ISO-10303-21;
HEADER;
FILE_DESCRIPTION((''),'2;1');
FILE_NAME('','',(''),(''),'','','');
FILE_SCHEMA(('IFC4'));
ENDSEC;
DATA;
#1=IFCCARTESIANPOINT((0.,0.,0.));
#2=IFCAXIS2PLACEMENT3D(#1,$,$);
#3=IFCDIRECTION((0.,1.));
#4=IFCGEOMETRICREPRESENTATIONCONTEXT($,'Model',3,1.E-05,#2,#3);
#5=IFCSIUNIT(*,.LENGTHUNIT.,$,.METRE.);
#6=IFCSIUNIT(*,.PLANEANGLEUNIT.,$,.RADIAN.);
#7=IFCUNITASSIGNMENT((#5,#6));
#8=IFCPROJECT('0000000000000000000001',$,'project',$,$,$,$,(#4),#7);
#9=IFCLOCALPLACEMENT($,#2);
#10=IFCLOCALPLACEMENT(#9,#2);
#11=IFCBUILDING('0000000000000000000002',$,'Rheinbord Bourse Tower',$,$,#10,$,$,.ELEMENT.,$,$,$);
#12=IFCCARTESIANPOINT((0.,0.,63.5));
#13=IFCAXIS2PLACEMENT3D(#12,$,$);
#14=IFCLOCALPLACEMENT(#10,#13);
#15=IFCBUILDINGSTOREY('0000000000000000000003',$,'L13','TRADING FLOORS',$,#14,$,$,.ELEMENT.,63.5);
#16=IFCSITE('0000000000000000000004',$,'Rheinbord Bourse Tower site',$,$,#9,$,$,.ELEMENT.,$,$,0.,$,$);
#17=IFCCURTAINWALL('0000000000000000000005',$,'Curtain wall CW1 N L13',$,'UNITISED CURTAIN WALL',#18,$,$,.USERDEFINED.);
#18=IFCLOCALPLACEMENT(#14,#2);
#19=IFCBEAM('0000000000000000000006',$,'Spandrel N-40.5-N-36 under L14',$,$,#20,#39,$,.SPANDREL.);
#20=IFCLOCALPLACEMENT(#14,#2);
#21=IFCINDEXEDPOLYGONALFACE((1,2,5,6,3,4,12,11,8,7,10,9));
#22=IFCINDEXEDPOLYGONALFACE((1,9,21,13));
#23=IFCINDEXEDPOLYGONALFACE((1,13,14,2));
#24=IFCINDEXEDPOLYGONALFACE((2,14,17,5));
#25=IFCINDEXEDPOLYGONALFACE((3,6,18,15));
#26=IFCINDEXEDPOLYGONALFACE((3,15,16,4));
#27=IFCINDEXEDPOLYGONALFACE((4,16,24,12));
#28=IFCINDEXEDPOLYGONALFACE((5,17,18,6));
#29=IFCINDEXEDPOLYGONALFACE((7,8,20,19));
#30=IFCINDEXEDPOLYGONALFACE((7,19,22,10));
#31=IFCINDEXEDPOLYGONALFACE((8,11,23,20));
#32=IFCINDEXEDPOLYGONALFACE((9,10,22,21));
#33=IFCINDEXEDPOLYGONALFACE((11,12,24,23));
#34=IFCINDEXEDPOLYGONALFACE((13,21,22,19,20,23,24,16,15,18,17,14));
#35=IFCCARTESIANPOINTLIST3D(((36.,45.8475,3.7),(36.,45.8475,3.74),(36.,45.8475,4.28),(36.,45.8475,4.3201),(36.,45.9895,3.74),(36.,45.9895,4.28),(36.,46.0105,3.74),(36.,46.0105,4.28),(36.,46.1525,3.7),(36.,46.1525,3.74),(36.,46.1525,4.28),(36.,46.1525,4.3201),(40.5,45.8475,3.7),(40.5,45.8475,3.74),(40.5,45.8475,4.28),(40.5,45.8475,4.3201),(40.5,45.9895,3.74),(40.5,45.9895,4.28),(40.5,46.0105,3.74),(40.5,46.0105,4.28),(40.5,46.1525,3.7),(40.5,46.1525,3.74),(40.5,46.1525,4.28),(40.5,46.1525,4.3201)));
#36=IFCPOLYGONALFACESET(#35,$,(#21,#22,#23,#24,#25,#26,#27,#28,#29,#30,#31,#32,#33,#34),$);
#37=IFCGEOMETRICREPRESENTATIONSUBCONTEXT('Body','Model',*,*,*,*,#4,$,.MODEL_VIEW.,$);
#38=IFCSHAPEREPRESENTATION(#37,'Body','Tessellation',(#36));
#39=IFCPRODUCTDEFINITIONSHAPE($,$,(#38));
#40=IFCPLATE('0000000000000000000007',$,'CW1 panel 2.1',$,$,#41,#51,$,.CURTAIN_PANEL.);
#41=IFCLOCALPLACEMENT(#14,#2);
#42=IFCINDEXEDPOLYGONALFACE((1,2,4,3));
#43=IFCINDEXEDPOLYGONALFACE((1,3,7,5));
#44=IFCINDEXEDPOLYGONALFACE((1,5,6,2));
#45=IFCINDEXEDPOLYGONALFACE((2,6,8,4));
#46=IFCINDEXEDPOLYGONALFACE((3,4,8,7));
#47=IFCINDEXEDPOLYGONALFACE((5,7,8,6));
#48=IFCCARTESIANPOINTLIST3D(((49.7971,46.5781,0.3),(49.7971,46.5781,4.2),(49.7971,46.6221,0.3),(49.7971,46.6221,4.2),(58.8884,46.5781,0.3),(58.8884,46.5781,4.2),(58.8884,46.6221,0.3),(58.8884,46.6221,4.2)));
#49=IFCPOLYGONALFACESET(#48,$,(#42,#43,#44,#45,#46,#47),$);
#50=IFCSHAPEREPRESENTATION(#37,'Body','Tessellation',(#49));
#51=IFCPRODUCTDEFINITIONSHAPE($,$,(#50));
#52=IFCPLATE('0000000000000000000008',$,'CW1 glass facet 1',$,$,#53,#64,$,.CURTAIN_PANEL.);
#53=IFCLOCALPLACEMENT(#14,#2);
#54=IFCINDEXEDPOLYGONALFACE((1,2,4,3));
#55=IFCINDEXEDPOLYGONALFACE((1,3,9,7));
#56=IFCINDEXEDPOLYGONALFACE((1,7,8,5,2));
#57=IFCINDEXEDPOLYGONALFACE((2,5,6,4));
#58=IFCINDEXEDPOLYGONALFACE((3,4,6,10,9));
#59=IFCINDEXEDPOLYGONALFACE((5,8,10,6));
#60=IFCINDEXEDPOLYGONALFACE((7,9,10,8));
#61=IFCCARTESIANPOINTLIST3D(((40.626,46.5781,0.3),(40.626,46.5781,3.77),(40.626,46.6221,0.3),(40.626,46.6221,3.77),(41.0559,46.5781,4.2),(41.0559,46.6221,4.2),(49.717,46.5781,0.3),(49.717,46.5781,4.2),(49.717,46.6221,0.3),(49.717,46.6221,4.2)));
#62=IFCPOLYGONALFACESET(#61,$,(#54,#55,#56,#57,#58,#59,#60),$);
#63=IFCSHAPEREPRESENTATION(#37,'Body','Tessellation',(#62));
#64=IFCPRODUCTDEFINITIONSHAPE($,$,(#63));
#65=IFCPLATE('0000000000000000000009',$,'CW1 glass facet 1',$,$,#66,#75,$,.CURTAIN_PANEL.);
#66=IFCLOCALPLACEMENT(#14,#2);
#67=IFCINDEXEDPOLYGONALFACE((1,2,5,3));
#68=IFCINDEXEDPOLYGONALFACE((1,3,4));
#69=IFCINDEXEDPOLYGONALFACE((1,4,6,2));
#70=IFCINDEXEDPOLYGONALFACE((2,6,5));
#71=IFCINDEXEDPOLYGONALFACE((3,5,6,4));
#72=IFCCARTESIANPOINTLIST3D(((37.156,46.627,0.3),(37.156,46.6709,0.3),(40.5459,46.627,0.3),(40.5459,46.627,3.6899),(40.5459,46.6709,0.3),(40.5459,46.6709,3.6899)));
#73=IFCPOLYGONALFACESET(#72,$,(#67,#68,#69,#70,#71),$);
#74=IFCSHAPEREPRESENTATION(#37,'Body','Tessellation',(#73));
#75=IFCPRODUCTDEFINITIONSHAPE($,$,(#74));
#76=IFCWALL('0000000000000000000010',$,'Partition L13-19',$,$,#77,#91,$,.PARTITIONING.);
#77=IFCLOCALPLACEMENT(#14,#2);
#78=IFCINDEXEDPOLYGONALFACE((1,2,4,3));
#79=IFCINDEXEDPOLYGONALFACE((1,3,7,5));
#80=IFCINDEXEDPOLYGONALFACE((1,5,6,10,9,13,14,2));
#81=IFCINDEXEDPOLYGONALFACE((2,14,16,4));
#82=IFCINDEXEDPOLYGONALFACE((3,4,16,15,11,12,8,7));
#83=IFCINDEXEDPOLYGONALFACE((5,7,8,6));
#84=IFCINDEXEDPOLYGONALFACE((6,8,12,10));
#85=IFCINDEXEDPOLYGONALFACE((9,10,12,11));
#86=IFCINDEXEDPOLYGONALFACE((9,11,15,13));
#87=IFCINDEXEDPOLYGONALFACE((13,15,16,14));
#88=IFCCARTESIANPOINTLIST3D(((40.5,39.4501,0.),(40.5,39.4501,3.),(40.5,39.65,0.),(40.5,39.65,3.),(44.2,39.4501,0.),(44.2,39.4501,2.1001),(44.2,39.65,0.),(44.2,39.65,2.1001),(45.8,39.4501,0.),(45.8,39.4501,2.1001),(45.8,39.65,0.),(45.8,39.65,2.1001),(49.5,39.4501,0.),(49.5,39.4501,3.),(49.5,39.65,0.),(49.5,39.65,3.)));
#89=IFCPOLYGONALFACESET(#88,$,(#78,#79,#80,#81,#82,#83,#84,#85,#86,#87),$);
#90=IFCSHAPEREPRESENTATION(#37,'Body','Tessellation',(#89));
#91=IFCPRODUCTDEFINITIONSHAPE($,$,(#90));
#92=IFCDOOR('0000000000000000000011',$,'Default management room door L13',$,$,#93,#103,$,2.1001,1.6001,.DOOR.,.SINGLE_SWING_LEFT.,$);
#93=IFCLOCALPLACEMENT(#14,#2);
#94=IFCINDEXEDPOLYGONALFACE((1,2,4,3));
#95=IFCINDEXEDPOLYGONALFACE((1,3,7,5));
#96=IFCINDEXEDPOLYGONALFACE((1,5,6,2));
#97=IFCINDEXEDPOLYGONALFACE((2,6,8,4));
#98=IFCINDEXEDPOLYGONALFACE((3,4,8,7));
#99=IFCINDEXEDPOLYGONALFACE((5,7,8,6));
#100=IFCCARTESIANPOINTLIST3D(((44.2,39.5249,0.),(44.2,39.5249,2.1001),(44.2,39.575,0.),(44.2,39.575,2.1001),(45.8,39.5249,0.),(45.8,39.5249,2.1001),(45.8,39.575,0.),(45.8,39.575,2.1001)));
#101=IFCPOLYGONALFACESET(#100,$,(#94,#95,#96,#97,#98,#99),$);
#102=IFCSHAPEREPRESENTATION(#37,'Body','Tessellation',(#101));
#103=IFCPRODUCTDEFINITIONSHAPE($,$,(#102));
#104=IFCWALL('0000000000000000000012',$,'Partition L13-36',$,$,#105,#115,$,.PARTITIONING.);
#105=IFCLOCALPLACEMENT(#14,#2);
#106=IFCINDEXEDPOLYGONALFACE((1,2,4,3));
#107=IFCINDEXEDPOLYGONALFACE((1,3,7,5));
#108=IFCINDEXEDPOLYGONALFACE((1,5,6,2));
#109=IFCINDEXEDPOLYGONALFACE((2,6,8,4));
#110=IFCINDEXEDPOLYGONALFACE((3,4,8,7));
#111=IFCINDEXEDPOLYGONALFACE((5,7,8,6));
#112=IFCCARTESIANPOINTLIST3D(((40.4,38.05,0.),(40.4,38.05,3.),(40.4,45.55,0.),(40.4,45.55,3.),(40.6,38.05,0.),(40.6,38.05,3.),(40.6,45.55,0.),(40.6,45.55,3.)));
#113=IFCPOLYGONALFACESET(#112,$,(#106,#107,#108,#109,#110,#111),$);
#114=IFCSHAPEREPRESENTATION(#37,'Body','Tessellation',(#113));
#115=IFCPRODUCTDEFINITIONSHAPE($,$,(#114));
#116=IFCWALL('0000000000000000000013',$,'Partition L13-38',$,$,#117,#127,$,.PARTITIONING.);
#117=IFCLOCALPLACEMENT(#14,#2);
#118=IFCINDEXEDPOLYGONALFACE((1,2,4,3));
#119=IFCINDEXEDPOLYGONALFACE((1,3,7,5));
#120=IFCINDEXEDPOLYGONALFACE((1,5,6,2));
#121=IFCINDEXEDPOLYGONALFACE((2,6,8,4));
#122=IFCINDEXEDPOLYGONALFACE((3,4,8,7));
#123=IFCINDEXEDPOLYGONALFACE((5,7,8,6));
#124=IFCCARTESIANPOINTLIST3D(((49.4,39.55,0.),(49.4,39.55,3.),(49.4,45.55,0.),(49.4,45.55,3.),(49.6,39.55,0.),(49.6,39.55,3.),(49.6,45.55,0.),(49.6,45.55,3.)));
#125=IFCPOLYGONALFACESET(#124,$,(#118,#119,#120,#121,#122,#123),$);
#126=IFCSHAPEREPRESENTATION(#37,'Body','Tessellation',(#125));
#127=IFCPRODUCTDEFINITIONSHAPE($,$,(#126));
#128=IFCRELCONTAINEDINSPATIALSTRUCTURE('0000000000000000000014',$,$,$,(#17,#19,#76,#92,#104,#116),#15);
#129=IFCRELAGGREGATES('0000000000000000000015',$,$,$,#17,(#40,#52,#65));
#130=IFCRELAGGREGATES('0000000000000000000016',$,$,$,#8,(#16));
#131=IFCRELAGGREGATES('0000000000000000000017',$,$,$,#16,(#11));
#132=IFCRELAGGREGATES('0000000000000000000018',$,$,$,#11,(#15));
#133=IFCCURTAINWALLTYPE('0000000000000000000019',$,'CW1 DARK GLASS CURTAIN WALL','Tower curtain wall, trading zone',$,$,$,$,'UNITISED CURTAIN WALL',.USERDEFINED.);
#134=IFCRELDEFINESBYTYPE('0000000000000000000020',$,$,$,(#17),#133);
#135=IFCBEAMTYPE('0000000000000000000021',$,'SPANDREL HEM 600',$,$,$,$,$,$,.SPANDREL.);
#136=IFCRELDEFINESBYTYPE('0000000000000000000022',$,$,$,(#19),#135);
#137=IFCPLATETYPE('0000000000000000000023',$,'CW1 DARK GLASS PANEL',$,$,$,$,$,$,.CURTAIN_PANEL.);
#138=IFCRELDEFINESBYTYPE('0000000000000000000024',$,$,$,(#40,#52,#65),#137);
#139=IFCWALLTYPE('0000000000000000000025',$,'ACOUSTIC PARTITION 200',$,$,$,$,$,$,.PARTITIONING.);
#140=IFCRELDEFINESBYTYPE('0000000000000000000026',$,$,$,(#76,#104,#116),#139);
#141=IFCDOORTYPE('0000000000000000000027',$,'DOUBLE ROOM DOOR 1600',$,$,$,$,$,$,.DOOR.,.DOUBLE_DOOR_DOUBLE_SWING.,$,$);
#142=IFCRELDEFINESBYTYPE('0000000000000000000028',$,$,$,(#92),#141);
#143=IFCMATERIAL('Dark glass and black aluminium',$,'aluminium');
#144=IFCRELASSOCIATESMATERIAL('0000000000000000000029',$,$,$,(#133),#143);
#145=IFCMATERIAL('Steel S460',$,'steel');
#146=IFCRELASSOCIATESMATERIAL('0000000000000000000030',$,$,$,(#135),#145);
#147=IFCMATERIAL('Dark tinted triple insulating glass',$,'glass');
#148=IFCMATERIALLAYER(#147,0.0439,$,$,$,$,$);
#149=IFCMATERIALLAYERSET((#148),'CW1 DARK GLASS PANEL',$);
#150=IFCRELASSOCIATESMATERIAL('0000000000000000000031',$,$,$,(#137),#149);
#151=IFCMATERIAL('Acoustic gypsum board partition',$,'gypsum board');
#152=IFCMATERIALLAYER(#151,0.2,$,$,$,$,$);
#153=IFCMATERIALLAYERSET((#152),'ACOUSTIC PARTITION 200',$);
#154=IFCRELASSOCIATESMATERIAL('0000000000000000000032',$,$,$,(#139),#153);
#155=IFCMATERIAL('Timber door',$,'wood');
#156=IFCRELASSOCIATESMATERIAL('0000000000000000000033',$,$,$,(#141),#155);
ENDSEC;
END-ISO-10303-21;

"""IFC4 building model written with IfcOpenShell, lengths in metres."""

from ifc_helpers import new_model, si_unit, direction, frame, frame_2d, origin, origin_2d, place, context, subcontext, project, spatial, polyline, rectangle, i_section, outline, extrude, material, layer, layer_set, material_profile, profile_set, type_object, element, fill, aggregate, save


model = new_model("IFC4")

# Units and contexts
model_context = context("Model", 3, precision=1e-05, world=origin(), true_north=direction((0.0, 1.0)))
body_context = subcontext(model_context, "Body", "Model", "MODEL_VIEW")
ifc_project = project(units=[si_unit("LENGTHUNIT", "METRE"), si_unit("PLANEANGLEUNIT", "RADIAN")], contexts=[model_context])

# Site, building, storey
site_placement = place(None, origin())
site = spatial("IfcSite", under=ifc_project, at=site_placement, Name="Rheinbord Bourse Tower site", CompositionType="ELEMENT", RefElevation=0.0)
building_placement = place(site_placement, origin())
building = spatial("IfcBuilding", under=site, at=building_placement, Name="Rheinbord Bourse Tower", CompositionType="ELEMENT")
storey_placement = place(building_placement, frame((0.0, 0.0, 63.5)))
storey = spatial("IfcBuildingStorey", under=building, at=storey_placement, Name="L13", Description="TRADING FLOORS", CompositionType="ELEMENT", Elevation=63.5)

# Curtain wall
ifc_material_1 = material(Name="Dark glass and black aluminium", Category="aluminium")
curtain_wall_type = type_object("IfcCurtainWallType", Name="CW1 DARK GLASS CURTAIN WALL", Description="Tower curtain wall, trading zone", ElementType="UNITISED CURTAIN WALL", PredefinedType="USERDEFINED", material=ifc_material_1)
curtain_wall_placement = place(storey_placement, origin())
curtain_wall = element("IfcCurtainWall", 1, at=curtain_wall_placement, inside=storey, type_object=curtain_wall_type, Name="Curtain wall CW1 N L13", ObjectType="UNITISED CURTAIN WALL", PredefinedType="USERDEFINED")

# Beam
ifc_material_2 = material(Name="Steel S460", Category="steel")
ifc_material_profile_1 = material_profile(ifc_material_2, i_section(OverallWidth=0.3049, OverallDepth=0.6201, WebThickness=0.021, FlangeThickness=0.04, at=origin_2d()), Name="HEM 600")
ifc_profile_set_1 = profile_set([ifc_material_profile_1], Name="Steel S460")
beam_type_1 = type_object("IfcBeamType", Name="SPANDREL HEM 600", PredefinedType="SPANDREL", material=ifc_profile_set_1)
for number, where, z_axis, x_axis, name in (
    (2, (40.5, 46.0, 4.01), (-1.0, 0.0, 0.0), (0.0, -1.0, 0.0), "Spandrel N-40.5-N-36 under L14"),
):
    element("IfcBeam", number, at=place(storey_placement, frame(where, z_axis=z_axis, x_axis=x_axis)), inside=storey, type_object=beam_type_1, Name=name, PredefinedType="SPANDREL", context=body_context, shape_type="SweptSolid", body=[
        extrude(i_section(OverallWidth=0.3049, OverallDepth=0.6201, WebThickness=0.021, FlangeThickness=0.04, at=origin_2d()), origin(), (0.0, 0.0, 1.0), 4.5),
    ])

# Plates
ifc_material_3 = material(Name="Dark tinted triple insulating glass", Category="glass")
ifc_layer_1 = layer(ifc_material_3, 0.0439)
ifc_layer_set_1 = layer_set([ifc_layer_1], Name="CW1 DARK GLASS PANEL")
plate_type = type_object("IfcPlateType", Name="CW1 DARK GLASS PANEL", PredefinedType="CURTAIN_PANEL", material=ifc_layer_set_1)
plate_1_placement = place(storey_placement, frame((54.3428, 46.6001, 0.3), z_axis=(0.0, 0.0, 1.0), x_axis=(-1.0, 0.0, 0.0)))
plate_1 = element("IfcPlate", 3, at=plate_1_placement, type_object=plate_type, Name="CW1 panel 2.1", PredefinedType="CURTAIN_PANEL", context=body_context, shape_type="SweptSolid", body=[
    extrude(rectangle(XDim=9.0913, YDim=0.0439, at=origin_2d()), origin(), (0.0, 0.0, 1.0), 3.8999),
])
plate_2_placement = place(storey_placement, frame((40.626, 46.6221, 0.3), z_axis=(0.0, -1.0, 0.0), x_axis=(1.0, 0.0, 0.0)))
plate_2 = element("IfcPlate", 4, at=plate_2_placement, type_object=plate_type, Name="CW1 glass facet 1", PredefinedType="CURTAIN_PANEL", context=body_context, shape_type="SweptSolid", body=[
    extrude(outline(polyline([(0.0, 0.0), (9.0911, 0.0), (9.0911, 3.8999), (0.4299, 3.8999), (0.0, 3.47), (0.0, 0.0)])), origin(), (0.0, 0.0, 1.0), 0.0439),
])
plate_3_placement = place(storey_placement, frame((40.5459, 46.6709, 0.3), z_axis=(0.0, -1.0, 0.0), x_axis=(0.0, 0.0, 1.0)))
plate_3 = element("IfcPlate", 5, at=plate_3_placement, type_object=plate_type, Name="CW1 glass facet 1", PredefinedType="CURTAIN_PANEL", context=body_context, shape_type="SweptSolid", body=[
    extrude(outline(polyline([(0.0, 0.0), (3.3899, 0.0), (0.0, 3.3899), (0.0, 0.0)])), origin(), (0.0, 0.0, 1.0), 0.0439),
])
aggregate(curtain_wall, [plate_1, plate_2, plate_3])

# Wall, opening, door
ifc_material_4 = material(Name="Acoustic gypsum board partition", Category="gypsum board")
ifc_layer_2 = layer(ifc_material_4, 0.2)
ifc_layer_set_2 = layer_set([ifc_layer_2], Name="ACOUSTIC PARTITION 200")
wall_type = type_object("IfcWallType", Name="ACOUSTIC PARTITION 200", PredefinedType="PARTITIONING", material=ifc_layer_set_2)
wall_1_placement = place(storey_placement, frame((40.5, 39.55, 0.0), z_axis=(0.0, 0.0, 1.0), x_axis=(1.0, 0.0, 0.0)))
wall_1 = element("IfcWall", 6, at=wall_1_placement, inside=storey, type_object=wall_type, Name="Partition L13-19", PredefinedType="PARTITIONING", context=body_context, shape_type="SweptSolid", body=[
    extrude(rectangle(XDim=9.0, YDim=0.2, at=frame_2d((4.5, 0.0))), origin(), (0.0, 0.0, 1.0), 3.0),
])
opening_placement = place(wall_1_placement, frame((3.7, 0.0, 0.0)))
opening = element("IfcOpeningElement", 7, at=opening_placement, cuts=wall_1, PredefinedType="OPENING", context=body_context, shape_type="SweptSolid", body=[
    extrude(rectangle(XDim=1.6001, YDim=2.1001, at=frame_2d((0.8, 1.05))), frame((0.0, 0.1099, 0.0), z_axis=(0.0, -1.0, 0.0), x_axis=(1.0, 0.0, 0.0)), (0.0, 0.0, 1.0), 0.22),
])
ifc_material_5 = material(Name="Timber door", Category="wood")
door_type = type_object("IfcDoorType", Name="DOUBLE ROOM DOOR 1600", OperationType="DOUBLE_DOOR_DOUBLE_SWING", PredefinedType="DOOR", material=ifc_material_5)
door_placement = place(opening_placement, origin())
door = element("IfcDoor", 8, at=door_placement, inside=storey, type_object=door_type, Name="Default management room door L13", OperationType="SINGLE_SWING_LEFT", OverallHeight=2.1001, OverallWidth=1.6001, PredefinedType="DOOR", context=body_context, shape_type="SweptSolid", body=[
    extrude(rectangle(XDim=1.6001, YDim=2.1001, at=frame_2d((0.8, 1.05))), frame((0.0, 0.0249, 0.0), z_axis=(0.0, -1.0, 0.0), x_axis=(1.0, 0.0, 0.0)), (0.0, 0.0, 1.0), 0.05),
])
fill(opening, door)

# Walls
wall_2_placement = place(storey_placement, frame((40.5, 38.05, 0.0), z_axis=(0.0, 0.0, 1.0), x_axis=(0.0, 1.0, 0.0)))
element("IfcWall", 9, at=wall_2_placement, inside=storey, type_object=wall_type, Name="Partition L13-36", PredefinedType="PARTITIONING", context=body_context, shape_type="SweptSolid", body=[
    extrude(rectangle(XDim=7.5, YDim=0.2, at=frame_2d((3.75, 0.0))), origin(), (0.0, 0.0, 1.0), 3.0),
])
wall_3_placement = place(storey_placement, frame((49.5, 39.55, 0.0), z_axis=(0.0, 0.0, 1.0), x_axis=(0.0, 1.0, 0.0)))
element("IfcWall", 10, at=wall_3_placement, inside=storey, type_object=wall_type, Name="Partition L13-38", PredefinedType="PARTITIONING", context=body_context, shape_type="SweptSolid", body=[
    extrude(rectangle(XDim=6.0, YDim=0.2, at=frame_2d((3.0, 0.0))), origin(), (0.0, 0.0, 1.0), 3.0),
])

save(model, "model.ifc")
